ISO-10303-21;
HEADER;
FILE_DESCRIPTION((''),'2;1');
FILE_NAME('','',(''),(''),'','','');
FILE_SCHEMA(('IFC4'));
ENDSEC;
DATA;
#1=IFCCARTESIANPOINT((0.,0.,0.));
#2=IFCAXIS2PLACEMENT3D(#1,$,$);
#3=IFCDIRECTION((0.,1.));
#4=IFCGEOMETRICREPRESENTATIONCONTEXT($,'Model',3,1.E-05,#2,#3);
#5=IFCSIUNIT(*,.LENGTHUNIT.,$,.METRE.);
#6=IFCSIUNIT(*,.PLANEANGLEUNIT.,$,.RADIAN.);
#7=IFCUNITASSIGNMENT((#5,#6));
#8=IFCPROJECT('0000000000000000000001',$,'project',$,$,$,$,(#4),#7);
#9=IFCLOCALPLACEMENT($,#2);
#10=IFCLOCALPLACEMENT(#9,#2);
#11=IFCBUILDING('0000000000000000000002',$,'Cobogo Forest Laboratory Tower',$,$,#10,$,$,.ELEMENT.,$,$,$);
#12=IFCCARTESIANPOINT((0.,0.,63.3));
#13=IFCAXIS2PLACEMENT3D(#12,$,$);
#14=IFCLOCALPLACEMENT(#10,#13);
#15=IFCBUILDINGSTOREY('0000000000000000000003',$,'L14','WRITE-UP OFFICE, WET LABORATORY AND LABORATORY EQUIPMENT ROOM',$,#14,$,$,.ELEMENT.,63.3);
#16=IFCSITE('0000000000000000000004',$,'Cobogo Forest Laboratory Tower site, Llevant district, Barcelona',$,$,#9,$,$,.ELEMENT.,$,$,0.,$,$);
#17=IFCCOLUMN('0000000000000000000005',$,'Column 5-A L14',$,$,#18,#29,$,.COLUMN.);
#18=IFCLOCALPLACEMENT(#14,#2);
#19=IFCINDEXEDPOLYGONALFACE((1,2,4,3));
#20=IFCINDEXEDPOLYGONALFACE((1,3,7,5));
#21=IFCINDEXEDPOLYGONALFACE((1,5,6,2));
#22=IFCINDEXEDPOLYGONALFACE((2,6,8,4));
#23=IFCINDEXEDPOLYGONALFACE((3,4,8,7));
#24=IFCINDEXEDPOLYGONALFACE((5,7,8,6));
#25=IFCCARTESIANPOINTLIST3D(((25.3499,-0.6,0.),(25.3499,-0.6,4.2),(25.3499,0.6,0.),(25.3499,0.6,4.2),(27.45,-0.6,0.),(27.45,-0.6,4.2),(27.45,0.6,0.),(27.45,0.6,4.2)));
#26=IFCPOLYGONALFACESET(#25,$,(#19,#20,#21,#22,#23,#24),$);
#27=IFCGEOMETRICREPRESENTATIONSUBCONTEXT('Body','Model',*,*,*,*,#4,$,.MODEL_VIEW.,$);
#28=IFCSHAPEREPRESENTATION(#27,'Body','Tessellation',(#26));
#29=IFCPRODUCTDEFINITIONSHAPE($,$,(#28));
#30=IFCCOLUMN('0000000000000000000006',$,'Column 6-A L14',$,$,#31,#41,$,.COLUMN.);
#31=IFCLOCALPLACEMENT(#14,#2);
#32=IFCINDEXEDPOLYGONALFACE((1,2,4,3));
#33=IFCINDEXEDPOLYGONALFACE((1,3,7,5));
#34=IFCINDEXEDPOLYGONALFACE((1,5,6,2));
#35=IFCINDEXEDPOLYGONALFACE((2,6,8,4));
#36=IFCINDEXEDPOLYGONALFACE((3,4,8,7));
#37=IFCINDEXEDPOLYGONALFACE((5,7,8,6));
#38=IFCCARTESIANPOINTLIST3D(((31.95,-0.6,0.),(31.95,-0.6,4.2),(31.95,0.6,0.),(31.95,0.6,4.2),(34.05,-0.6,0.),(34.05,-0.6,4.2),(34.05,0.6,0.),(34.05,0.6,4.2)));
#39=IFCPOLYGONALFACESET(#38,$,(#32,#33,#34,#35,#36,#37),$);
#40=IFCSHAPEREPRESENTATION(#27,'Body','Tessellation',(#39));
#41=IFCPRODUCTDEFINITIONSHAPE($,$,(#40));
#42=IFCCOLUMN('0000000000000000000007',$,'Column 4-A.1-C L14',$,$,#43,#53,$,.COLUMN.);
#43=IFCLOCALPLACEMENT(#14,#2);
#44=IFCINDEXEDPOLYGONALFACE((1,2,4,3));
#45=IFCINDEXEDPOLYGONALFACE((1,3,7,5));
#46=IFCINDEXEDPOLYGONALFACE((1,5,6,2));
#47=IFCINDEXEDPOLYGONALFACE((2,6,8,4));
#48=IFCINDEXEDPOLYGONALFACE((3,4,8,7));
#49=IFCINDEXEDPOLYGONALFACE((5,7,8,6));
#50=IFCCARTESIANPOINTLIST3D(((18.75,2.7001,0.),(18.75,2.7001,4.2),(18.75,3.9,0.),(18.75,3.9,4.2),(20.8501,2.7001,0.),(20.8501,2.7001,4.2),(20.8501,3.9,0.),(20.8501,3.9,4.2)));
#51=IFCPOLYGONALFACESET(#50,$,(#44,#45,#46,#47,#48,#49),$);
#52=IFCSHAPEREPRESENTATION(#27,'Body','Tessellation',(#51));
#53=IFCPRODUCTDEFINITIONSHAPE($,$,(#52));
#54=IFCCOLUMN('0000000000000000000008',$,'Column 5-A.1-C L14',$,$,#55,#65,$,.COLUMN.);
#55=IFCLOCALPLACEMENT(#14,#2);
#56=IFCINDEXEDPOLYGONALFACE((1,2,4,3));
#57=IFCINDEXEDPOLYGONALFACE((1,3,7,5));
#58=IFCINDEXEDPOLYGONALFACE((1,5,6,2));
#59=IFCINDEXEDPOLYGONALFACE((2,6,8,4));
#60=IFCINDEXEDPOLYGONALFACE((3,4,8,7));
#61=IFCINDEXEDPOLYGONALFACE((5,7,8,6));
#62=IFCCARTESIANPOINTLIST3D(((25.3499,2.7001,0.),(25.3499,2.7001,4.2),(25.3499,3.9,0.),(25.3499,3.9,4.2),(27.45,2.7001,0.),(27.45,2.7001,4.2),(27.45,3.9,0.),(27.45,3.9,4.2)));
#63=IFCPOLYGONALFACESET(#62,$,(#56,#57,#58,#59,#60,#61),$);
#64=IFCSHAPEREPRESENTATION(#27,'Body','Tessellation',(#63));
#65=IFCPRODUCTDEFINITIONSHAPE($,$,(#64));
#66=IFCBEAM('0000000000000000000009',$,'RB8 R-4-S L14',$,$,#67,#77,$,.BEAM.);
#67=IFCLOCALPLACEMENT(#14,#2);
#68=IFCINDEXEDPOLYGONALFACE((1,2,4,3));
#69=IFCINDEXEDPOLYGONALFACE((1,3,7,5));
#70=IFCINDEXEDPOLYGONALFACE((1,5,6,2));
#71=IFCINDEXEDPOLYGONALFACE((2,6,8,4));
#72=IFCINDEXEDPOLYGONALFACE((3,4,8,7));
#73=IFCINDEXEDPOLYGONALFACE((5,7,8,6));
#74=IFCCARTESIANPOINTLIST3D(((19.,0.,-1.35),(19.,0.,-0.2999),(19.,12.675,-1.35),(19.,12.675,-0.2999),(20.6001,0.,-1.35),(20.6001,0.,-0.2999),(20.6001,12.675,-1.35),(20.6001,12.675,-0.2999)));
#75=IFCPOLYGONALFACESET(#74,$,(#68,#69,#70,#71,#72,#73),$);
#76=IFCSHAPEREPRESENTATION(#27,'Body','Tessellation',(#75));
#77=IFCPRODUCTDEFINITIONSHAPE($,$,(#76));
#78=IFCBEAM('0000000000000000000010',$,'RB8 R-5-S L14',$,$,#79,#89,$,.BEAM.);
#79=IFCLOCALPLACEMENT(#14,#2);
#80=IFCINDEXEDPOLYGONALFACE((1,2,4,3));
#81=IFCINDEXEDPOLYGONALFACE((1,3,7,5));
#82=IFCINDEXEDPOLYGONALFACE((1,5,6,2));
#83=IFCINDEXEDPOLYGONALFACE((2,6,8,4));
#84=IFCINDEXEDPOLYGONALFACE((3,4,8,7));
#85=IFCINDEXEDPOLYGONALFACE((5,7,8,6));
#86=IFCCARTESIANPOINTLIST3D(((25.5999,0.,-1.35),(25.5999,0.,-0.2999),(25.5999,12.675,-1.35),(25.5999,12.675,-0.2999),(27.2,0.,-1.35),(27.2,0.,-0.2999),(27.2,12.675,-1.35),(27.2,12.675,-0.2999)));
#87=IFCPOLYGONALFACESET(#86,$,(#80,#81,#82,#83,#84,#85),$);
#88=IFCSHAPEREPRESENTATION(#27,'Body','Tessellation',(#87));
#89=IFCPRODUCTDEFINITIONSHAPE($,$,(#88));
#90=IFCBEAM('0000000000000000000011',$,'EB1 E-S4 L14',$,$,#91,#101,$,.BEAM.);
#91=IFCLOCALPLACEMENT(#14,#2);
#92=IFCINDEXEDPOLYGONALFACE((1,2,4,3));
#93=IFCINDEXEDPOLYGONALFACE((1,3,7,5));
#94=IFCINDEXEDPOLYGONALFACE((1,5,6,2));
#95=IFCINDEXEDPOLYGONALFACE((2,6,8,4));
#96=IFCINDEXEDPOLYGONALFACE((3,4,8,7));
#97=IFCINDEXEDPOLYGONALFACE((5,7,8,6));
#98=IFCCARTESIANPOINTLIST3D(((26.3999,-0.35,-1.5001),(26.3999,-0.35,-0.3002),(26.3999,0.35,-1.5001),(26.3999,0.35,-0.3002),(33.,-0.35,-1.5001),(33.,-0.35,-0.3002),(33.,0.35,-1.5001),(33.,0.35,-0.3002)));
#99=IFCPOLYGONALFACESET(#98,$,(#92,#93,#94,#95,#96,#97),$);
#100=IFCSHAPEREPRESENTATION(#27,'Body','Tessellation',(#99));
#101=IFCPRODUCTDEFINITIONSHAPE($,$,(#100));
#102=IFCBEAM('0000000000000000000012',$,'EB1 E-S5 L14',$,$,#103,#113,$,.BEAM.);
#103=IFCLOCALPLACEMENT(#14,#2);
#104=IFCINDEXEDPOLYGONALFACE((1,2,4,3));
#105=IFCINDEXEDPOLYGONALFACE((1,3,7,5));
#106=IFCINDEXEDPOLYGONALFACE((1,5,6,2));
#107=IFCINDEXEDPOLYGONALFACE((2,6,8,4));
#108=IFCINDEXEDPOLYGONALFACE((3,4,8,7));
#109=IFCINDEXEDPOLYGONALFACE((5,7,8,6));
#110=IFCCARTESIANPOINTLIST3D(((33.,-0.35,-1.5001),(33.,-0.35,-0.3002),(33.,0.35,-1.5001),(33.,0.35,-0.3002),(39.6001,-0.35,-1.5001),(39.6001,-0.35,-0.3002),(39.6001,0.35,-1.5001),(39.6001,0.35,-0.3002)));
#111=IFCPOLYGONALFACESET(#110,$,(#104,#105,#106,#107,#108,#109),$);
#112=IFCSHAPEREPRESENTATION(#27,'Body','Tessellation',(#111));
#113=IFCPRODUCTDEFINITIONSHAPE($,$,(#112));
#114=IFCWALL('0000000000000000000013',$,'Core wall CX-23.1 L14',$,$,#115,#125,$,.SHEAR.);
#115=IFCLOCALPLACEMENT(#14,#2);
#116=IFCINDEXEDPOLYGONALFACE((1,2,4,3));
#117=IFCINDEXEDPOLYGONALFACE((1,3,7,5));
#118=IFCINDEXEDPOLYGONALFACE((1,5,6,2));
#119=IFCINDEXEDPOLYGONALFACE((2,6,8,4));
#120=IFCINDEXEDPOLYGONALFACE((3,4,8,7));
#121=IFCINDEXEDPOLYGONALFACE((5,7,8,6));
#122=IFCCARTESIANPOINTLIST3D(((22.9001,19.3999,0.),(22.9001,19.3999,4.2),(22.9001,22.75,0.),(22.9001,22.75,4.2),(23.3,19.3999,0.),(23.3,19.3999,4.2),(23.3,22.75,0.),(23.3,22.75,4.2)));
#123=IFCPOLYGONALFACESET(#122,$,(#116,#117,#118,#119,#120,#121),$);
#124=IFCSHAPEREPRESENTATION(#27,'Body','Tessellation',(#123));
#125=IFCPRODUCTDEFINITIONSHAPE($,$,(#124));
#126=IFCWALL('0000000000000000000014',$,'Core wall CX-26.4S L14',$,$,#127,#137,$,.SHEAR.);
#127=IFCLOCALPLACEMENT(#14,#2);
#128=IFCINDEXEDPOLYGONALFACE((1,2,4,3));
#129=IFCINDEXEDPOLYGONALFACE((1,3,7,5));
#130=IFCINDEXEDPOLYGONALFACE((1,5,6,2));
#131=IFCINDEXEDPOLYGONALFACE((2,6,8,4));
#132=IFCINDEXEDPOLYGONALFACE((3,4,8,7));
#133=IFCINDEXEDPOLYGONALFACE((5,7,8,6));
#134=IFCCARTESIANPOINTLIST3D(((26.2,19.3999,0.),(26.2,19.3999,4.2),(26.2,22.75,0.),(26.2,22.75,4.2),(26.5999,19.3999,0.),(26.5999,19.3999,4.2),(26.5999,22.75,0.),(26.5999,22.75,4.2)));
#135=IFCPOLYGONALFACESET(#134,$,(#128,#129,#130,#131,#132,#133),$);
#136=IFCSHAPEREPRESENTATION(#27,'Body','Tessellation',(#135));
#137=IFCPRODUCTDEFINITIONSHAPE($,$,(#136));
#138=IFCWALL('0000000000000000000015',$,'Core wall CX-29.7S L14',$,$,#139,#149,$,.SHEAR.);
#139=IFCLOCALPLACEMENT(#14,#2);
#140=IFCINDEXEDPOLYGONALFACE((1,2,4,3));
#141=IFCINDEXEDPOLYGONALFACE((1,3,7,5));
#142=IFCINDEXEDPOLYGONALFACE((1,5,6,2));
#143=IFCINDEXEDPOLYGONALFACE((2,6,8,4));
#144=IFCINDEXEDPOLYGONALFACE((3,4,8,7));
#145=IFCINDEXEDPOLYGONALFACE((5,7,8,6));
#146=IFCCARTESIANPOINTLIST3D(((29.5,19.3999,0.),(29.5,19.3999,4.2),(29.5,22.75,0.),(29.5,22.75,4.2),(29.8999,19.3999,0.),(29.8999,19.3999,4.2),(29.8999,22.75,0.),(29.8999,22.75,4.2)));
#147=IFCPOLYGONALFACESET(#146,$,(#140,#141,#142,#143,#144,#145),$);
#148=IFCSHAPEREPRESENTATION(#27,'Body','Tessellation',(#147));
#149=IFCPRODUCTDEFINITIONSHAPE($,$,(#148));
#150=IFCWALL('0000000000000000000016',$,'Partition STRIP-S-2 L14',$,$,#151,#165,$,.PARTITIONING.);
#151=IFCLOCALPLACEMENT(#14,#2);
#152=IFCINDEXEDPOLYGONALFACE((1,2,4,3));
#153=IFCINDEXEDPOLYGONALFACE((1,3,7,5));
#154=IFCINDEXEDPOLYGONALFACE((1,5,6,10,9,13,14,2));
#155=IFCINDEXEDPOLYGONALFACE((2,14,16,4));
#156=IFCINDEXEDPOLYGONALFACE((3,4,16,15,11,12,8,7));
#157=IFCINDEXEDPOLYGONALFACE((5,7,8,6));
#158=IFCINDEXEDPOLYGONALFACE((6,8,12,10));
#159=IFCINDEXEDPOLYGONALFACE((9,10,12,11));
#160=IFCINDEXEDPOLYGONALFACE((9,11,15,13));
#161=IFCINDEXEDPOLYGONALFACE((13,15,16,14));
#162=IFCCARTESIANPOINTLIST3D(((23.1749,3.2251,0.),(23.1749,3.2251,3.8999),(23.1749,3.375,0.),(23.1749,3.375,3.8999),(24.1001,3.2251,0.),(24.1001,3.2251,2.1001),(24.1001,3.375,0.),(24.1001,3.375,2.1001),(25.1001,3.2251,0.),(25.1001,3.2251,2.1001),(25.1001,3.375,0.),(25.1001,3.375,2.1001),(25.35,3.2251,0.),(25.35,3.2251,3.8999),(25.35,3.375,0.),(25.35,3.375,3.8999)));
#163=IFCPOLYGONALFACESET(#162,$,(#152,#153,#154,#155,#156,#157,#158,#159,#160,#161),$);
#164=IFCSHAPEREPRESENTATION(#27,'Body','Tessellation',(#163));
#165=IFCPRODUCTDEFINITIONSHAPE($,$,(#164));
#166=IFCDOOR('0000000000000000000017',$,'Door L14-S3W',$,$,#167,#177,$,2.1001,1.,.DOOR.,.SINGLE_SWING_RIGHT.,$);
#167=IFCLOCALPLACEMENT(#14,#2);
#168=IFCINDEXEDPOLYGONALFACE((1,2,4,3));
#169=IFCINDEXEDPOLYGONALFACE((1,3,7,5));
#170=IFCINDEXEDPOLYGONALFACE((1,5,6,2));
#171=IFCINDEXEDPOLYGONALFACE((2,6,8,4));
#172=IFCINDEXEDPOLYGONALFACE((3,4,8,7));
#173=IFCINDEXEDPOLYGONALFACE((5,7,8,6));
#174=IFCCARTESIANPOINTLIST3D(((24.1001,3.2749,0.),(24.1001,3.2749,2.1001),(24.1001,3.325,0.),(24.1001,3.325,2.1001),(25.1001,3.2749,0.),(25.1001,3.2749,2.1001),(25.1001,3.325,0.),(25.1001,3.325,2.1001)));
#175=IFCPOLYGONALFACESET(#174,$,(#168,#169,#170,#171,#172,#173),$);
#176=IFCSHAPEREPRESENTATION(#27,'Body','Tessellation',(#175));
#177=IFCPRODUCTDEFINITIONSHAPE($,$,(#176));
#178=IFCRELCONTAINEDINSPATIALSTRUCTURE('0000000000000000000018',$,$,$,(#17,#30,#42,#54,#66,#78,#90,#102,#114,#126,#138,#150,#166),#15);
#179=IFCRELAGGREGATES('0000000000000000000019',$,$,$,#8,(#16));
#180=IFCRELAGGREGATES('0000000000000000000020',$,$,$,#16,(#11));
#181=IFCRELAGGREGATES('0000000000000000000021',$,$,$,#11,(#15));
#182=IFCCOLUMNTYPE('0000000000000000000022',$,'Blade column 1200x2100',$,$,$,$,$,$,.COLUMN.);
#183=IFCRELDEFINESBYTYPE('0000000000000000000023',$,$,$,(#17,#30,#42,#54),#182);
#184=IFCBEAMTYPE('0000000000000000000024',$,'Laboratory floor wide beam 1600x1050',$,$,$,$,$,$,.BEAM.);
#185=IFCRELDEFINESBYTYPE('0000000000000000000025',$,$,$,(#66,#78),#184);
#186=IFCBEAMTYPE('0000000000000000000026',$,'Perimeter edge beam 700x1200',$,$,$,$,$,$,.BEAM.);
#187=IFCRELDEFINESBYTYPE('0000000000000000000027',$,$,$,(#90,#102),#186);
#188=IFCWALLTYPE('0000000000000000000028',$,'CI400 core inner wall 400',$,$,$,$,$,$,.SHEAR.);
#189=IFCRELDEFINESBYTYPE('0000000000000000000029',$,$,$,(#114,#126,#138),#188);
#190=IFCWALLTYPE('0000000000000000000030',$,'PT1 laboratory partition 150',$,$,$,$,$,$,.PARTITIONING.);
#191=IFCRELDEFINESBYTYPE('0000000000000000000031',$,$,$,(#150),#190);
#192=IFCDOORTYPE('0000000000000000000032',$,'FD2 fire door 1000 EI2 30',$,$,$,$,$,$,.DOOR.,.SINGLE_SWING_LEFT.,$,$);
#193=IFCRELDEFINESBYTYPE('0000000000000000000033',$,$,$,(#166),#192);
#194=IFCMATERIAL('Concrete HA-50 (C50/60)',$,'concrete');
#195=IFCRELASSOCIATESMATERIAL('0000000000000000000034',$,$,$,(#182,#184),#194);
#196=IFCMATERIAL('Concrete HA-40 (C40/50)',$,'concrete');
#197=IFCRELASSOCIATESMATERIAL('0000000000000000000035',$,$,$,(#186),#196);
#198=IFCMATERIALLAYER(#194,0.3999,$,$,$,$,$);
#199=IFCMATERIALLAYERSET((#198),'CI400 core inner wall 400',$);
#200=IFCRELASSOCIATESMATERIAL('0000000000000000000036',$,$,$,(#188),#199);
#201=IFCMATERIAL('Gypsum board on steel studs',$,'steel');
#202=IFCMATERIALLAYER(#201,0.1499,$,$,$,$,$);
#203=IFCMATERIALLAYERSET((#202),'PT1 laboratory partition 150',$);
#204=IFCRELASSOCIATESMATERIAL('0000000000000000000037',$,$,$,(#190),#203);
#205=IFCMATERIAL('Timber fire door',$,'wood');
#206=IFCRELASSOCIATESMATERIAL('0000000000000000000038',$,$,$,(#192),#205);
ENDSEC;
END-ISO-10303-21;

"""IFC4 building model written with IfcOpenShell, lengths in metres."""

from ifc_helpers import new_model, si_unit, direction, frame, frame_2d, origin, origin_2d, place, context, subcontext, project, spatial, rectangle, extrude, material, layer, layer_set, material_profile, profile_set, type_object, element, fill, save


model = new_model("IFC4")

# Units and contexts
model_context = context("Model", 3, precision=1e-05, world=origin(), true_north=direction((0.0, 1.0)))
body_context = subcontext(model_context, "Body", "Model", "MODEL_VIEW")
ifc_project = project(units=[si_unit("LENGTHUNIT", "METRE"), si_unit("PLANEANGLEUNIT", "RADIAN")], contexts=[model_context])

# Site, building, storey
site_placement = place(None, origin())
site = spatial("IfcSite", under=ifc_project, at=site_placement, Name="Cobogo Forest Laboratory Tower site, Llevant district, Barcelona", CompositionType="ELEMENT", RefElevation=0.0)
building_placement = place(site_placement, origin())
building = spatial("IfcBuilding", under=site, at=building_placement, Name="Cobogo Forest Laboratory Tower", CompositionType="ELEMENT")
storey_placement = place(building_placement, frame((0.0, 0.0, 63.3)))
storey = spatial("IfcBuildingStorey", under=building, at=storey_placement, Name="L14", Description="WRITE-UP OFFICE, WET LABORATORY AND LABORATORY EQUIPMENT ROOM", CompositionType="ELEMENT", Elevation=63.3)

# Columns
ifc_material_1 = material(Name="Concrete HA-50 (C50/60)", Category="concrete")
ifc_material_profile_1 = material_profile(ifc_material_1, rectangle(XDim=2.1001, YDim=1.2, at=origin_2d()), Name="RC 1200x2100")
ifc_profile_set_1 = profile_set([ifc_material_profile_1], Name="Concrete HA-50 (C50/60)")
column_type = type_object("IfcColumnType", Name="Blade column 1200x2100", PredefinedType="COLUMN", material=ifc_profile_set_1)
for number, where, z_axis, x_axis, name in (
    (1, (26.3999, 0.0, 0.0), (0.0, 0.0, 1.0), (1.0, 0.0, 0.0), "Column 5-A L14"),
    (2, (33.0, 0.0, 0.0), (0.0, 0.0, 1.0), (1.0, 0.0, 0.0), "Column 6-A L14"),
    (3, (19.8, 3.3, 0.0), (0.0, 0.0, 1.0), (1.0, 0.0, 0.0), "Column 4-A.1-C L14"),
    (4, (26.3999, 3.3, 0.0), (0.0, 0.0, 1.0), (1.0, 0.0, 0.0), "Column 5-A.1-C L14"),
):
    element("IfcColumn", number, at=place(storey_placement, frame(where, z_axis=z_axis, x_axis=x_axis)), inside=storey, type_object=column_type, Name=name, PredefinedType="COLUMN", context=body_context, shape_type="SweptSolid", body=[
        extrude(rectangle(XDim=2.1001, YDim=1.2, at=origin_2d()), origin(), (0.0, 0.0, 1.0), 4.2),
    ])

# Beams
ifc_material_profile_2 = material_profile(ifc_material_1, rectangle(XDim=1.6001, YDim=1.05, at=origin_2d()), Name="RC 1600x1050")
ifc_profile_set_2 = profile_set([ifc_material_profile_2], Name="Concrete HA-50 (C50/60)")
beam_type_1 = type_object("IfcBeamType", Name="Laboratory floor wide beam 1600x1050", PredefinedType="BEAM", material=ifc_profile_set_2)
for number, where, z_axis, x_axis, name in (
    (5, (19.8, 12.675, -0.825), (0.0, -1.0, 0.0), (1.0, 0.0, 0.0), "RB8 R-4-S L14"),
    (6, (26.3999, 12.675, -0.825), (0.0, -1.0, 0.0), (1.0, 0.0, 0.0), "RB8 R-5-S L14"),
):
    element("IfcBeam", number, at=place(storey_placement, frame(where, z_axis=z_axis, x_axis=x_axis)), inside=storey, type_object=beam_type_1, Name=name, PredefinedType="BEAM", context=body_context, shape_type="SweptSolid", body=[
        extrude(rectangle(XDim=1.6001, YDim=1.05, at=origin_2d()), origin(), (0.0, 0.0, 1.0), 12.675),
    ])
ifc_material_2 = material(Name="Concrete HA-40 (C40/50)", Category="concrete")
ifc_material_profile_3 = material_profile(ifc_material_2, rectangle(XDim=0.7, YDim=1.2, at=origin_2d()), Name="RC 700x1200")
ifc_profile_set_3 = profile_set([ifc_material_profile_3], Name="Concrete HA-40 (C40/50)")
beam_type_2 = type_object("IfcBeamType", Name="Perimeter edge beam 700x1200", PredefinedType="BEAM", material=ifc_profile_set_3)
for number, where, z_axis, x_axis, name in (
    (7, (26.3999, 0.0, -0.9001), (1.0, 0.0, 0.0), (0.0, 1.0, 0.0), "EB1 E-S4 L14"),
    (8, (33.0, 0.0, -0.9001), (1.0, 0.0, 0.0), (0.0, 1.0, 0.0), "EB1 E-S5 L14"),
):
    element("IfcBeam", number, at=place(storey_placement, frame(where, z_axis=z_axis, x_axis=x_axis)), inside=storey, type_object=beam_type_2, Name=name, PredefinedType="BEAM", context=body_context, shape_type="SweptSolid", body=[
        extrude(rectangle(XDim=0.7, YDim=1.2, at=origin_2d()), origin(), (0.0, 0.0, 1.0), 6.6001),
    ])

# Walls
ifc_layer_1 = layer(ifc_material_1, 0.3999)
ifc_layer_set_1 = layer_set([ifc_layer_1], Name="CI400 core inner wall 400")
wall_type_1 = type_object("IfcWallType", Name="CI400 core inner wall 400", PredefinedType="SHEAR", material=ifc_layer_set_1)
for number, where, z_axis, x_axis, name in (
    (9, (23.1001, 19.3999, 0.0), (0.0, 0.0, 1.0), (0.0, 1.0, 0.0), "Core wall CX-23.1 L14"),
    (10, (26.3999, 19.3999, 0.0), (0.0, 0.0, 1.0), (0.0, 1.0, 0.0), "Core wall CX-26.4S L14"),
    (11, (29.7, 19.3999, 0.0), (0.0, 0.0, 1.0), (0.0, 1.0, 0.0), "Core wall CX-29.7S L14"),
):
    element("IfcWall", number, at=place(storey_placement, frame(where, z_axis=z_axis, x_axis=x_axis)), inside=storey, type_object=wall_type_1, Name=name, PredefinedType="SHEAR", context=body_context, shape_type="SweptSolid", body=[
        extrude(rectangle(XDim=3.3501, YDim=0.3999, at=frame_2d((1.675, 0.0))), origin(), (0.0, 0.0, 1.0), 4.2),
    ])

# Wall, opening, door
ifc_material_3 = material(Name="Gypsum board on steel studs", Category="steel")
ifc_layer_2 = layer(ifc_material_3, 0.1499)
ifc_layer_set_2 = layer_set([ifc_layer_2], Name="PT1 laboratory partition 150")
wall_type_2 = type_object("IfcWallType", Name="PT1 laboratory partition 150", PredefinedType="PARTITIONING", material=ifc_layer_set_2)
wall_1_placement = place(storey_placement, frame((23.175, 3.3, 0.0), z_axis=(0.0, 0.0, 1.0), x_axis=(1.0, 0.0, 0.0)))
wall_1 = element("IfcWall", 12, at=wall_1_placement, inside=storey, type_object=wall_type_2, Name="Partition STRIP-S-2 L14", PredefinedType="PARTITIONING", context=body_context, shape_type="SweptSolid", body=[
    extrude(rectangle(XDim=2.175, YDim=0.1499, at=frame_2d((1.0874, 0.0))), origin(), (0.0, 0.0, 1.0), 3.8999),
])
opening_1_placement = place(wall_1_placement, frame((0.925, 0.0, 0.0)))
opening_1 = element("IfcOpeningElement", 13, at=opening_1_placement, cuts=wall_1, PredefinedType="OPENING", context=body_context, shape_type="SweptSolid", body=[
    extrude(rectangle(XDim=1.0, YDim=2.1001, at=frame_2d((0.5, 1.05))), frame((0.0, 0.085, 0.0), z_axis=(0.0, -1.0, 0.0), x_axis=(1.0, 0.0, 0.0)), (0.0, 0.0, 1.0), 0.1699),
])
ifc_material_4 = material(Name="Timber fire door", Category="wood")
door_type = type_object("IfcDoorType", Name="FD2 fire door 1000 EI2 30", OperationType="SINGLE_SWING_LEFT", PredefinedType="DOOR", material=ifc_material_4)
door_1_placement = place(opening_1_placement, origin())
door_1 = element("IfcDoor", 14, at=door_1_placement, inside=storey, type_object=door_type, Name="Door L14-S3W", OperationType="SINGLE_SWING_RIGHT", OverallHeight=2.1001, OverallWidth=1.0, PredefinedType="DOOR", context=body_context, shape_type="SweptSolid", body=[
    extrude(rectangle(XDim=1.0, YDim=2.1001, at=frame_2d((0.5, 1.05))), frame((0.0, 0.0249, 0.0), z_axis=(0.0, -1.0, 0.0), x_axis=(1.0, 0.0, 0.0)), (0.0, 0.0, 1.0), 0.05),
])
fill(opening_1, door_1)

save(model, "model.ifc")
